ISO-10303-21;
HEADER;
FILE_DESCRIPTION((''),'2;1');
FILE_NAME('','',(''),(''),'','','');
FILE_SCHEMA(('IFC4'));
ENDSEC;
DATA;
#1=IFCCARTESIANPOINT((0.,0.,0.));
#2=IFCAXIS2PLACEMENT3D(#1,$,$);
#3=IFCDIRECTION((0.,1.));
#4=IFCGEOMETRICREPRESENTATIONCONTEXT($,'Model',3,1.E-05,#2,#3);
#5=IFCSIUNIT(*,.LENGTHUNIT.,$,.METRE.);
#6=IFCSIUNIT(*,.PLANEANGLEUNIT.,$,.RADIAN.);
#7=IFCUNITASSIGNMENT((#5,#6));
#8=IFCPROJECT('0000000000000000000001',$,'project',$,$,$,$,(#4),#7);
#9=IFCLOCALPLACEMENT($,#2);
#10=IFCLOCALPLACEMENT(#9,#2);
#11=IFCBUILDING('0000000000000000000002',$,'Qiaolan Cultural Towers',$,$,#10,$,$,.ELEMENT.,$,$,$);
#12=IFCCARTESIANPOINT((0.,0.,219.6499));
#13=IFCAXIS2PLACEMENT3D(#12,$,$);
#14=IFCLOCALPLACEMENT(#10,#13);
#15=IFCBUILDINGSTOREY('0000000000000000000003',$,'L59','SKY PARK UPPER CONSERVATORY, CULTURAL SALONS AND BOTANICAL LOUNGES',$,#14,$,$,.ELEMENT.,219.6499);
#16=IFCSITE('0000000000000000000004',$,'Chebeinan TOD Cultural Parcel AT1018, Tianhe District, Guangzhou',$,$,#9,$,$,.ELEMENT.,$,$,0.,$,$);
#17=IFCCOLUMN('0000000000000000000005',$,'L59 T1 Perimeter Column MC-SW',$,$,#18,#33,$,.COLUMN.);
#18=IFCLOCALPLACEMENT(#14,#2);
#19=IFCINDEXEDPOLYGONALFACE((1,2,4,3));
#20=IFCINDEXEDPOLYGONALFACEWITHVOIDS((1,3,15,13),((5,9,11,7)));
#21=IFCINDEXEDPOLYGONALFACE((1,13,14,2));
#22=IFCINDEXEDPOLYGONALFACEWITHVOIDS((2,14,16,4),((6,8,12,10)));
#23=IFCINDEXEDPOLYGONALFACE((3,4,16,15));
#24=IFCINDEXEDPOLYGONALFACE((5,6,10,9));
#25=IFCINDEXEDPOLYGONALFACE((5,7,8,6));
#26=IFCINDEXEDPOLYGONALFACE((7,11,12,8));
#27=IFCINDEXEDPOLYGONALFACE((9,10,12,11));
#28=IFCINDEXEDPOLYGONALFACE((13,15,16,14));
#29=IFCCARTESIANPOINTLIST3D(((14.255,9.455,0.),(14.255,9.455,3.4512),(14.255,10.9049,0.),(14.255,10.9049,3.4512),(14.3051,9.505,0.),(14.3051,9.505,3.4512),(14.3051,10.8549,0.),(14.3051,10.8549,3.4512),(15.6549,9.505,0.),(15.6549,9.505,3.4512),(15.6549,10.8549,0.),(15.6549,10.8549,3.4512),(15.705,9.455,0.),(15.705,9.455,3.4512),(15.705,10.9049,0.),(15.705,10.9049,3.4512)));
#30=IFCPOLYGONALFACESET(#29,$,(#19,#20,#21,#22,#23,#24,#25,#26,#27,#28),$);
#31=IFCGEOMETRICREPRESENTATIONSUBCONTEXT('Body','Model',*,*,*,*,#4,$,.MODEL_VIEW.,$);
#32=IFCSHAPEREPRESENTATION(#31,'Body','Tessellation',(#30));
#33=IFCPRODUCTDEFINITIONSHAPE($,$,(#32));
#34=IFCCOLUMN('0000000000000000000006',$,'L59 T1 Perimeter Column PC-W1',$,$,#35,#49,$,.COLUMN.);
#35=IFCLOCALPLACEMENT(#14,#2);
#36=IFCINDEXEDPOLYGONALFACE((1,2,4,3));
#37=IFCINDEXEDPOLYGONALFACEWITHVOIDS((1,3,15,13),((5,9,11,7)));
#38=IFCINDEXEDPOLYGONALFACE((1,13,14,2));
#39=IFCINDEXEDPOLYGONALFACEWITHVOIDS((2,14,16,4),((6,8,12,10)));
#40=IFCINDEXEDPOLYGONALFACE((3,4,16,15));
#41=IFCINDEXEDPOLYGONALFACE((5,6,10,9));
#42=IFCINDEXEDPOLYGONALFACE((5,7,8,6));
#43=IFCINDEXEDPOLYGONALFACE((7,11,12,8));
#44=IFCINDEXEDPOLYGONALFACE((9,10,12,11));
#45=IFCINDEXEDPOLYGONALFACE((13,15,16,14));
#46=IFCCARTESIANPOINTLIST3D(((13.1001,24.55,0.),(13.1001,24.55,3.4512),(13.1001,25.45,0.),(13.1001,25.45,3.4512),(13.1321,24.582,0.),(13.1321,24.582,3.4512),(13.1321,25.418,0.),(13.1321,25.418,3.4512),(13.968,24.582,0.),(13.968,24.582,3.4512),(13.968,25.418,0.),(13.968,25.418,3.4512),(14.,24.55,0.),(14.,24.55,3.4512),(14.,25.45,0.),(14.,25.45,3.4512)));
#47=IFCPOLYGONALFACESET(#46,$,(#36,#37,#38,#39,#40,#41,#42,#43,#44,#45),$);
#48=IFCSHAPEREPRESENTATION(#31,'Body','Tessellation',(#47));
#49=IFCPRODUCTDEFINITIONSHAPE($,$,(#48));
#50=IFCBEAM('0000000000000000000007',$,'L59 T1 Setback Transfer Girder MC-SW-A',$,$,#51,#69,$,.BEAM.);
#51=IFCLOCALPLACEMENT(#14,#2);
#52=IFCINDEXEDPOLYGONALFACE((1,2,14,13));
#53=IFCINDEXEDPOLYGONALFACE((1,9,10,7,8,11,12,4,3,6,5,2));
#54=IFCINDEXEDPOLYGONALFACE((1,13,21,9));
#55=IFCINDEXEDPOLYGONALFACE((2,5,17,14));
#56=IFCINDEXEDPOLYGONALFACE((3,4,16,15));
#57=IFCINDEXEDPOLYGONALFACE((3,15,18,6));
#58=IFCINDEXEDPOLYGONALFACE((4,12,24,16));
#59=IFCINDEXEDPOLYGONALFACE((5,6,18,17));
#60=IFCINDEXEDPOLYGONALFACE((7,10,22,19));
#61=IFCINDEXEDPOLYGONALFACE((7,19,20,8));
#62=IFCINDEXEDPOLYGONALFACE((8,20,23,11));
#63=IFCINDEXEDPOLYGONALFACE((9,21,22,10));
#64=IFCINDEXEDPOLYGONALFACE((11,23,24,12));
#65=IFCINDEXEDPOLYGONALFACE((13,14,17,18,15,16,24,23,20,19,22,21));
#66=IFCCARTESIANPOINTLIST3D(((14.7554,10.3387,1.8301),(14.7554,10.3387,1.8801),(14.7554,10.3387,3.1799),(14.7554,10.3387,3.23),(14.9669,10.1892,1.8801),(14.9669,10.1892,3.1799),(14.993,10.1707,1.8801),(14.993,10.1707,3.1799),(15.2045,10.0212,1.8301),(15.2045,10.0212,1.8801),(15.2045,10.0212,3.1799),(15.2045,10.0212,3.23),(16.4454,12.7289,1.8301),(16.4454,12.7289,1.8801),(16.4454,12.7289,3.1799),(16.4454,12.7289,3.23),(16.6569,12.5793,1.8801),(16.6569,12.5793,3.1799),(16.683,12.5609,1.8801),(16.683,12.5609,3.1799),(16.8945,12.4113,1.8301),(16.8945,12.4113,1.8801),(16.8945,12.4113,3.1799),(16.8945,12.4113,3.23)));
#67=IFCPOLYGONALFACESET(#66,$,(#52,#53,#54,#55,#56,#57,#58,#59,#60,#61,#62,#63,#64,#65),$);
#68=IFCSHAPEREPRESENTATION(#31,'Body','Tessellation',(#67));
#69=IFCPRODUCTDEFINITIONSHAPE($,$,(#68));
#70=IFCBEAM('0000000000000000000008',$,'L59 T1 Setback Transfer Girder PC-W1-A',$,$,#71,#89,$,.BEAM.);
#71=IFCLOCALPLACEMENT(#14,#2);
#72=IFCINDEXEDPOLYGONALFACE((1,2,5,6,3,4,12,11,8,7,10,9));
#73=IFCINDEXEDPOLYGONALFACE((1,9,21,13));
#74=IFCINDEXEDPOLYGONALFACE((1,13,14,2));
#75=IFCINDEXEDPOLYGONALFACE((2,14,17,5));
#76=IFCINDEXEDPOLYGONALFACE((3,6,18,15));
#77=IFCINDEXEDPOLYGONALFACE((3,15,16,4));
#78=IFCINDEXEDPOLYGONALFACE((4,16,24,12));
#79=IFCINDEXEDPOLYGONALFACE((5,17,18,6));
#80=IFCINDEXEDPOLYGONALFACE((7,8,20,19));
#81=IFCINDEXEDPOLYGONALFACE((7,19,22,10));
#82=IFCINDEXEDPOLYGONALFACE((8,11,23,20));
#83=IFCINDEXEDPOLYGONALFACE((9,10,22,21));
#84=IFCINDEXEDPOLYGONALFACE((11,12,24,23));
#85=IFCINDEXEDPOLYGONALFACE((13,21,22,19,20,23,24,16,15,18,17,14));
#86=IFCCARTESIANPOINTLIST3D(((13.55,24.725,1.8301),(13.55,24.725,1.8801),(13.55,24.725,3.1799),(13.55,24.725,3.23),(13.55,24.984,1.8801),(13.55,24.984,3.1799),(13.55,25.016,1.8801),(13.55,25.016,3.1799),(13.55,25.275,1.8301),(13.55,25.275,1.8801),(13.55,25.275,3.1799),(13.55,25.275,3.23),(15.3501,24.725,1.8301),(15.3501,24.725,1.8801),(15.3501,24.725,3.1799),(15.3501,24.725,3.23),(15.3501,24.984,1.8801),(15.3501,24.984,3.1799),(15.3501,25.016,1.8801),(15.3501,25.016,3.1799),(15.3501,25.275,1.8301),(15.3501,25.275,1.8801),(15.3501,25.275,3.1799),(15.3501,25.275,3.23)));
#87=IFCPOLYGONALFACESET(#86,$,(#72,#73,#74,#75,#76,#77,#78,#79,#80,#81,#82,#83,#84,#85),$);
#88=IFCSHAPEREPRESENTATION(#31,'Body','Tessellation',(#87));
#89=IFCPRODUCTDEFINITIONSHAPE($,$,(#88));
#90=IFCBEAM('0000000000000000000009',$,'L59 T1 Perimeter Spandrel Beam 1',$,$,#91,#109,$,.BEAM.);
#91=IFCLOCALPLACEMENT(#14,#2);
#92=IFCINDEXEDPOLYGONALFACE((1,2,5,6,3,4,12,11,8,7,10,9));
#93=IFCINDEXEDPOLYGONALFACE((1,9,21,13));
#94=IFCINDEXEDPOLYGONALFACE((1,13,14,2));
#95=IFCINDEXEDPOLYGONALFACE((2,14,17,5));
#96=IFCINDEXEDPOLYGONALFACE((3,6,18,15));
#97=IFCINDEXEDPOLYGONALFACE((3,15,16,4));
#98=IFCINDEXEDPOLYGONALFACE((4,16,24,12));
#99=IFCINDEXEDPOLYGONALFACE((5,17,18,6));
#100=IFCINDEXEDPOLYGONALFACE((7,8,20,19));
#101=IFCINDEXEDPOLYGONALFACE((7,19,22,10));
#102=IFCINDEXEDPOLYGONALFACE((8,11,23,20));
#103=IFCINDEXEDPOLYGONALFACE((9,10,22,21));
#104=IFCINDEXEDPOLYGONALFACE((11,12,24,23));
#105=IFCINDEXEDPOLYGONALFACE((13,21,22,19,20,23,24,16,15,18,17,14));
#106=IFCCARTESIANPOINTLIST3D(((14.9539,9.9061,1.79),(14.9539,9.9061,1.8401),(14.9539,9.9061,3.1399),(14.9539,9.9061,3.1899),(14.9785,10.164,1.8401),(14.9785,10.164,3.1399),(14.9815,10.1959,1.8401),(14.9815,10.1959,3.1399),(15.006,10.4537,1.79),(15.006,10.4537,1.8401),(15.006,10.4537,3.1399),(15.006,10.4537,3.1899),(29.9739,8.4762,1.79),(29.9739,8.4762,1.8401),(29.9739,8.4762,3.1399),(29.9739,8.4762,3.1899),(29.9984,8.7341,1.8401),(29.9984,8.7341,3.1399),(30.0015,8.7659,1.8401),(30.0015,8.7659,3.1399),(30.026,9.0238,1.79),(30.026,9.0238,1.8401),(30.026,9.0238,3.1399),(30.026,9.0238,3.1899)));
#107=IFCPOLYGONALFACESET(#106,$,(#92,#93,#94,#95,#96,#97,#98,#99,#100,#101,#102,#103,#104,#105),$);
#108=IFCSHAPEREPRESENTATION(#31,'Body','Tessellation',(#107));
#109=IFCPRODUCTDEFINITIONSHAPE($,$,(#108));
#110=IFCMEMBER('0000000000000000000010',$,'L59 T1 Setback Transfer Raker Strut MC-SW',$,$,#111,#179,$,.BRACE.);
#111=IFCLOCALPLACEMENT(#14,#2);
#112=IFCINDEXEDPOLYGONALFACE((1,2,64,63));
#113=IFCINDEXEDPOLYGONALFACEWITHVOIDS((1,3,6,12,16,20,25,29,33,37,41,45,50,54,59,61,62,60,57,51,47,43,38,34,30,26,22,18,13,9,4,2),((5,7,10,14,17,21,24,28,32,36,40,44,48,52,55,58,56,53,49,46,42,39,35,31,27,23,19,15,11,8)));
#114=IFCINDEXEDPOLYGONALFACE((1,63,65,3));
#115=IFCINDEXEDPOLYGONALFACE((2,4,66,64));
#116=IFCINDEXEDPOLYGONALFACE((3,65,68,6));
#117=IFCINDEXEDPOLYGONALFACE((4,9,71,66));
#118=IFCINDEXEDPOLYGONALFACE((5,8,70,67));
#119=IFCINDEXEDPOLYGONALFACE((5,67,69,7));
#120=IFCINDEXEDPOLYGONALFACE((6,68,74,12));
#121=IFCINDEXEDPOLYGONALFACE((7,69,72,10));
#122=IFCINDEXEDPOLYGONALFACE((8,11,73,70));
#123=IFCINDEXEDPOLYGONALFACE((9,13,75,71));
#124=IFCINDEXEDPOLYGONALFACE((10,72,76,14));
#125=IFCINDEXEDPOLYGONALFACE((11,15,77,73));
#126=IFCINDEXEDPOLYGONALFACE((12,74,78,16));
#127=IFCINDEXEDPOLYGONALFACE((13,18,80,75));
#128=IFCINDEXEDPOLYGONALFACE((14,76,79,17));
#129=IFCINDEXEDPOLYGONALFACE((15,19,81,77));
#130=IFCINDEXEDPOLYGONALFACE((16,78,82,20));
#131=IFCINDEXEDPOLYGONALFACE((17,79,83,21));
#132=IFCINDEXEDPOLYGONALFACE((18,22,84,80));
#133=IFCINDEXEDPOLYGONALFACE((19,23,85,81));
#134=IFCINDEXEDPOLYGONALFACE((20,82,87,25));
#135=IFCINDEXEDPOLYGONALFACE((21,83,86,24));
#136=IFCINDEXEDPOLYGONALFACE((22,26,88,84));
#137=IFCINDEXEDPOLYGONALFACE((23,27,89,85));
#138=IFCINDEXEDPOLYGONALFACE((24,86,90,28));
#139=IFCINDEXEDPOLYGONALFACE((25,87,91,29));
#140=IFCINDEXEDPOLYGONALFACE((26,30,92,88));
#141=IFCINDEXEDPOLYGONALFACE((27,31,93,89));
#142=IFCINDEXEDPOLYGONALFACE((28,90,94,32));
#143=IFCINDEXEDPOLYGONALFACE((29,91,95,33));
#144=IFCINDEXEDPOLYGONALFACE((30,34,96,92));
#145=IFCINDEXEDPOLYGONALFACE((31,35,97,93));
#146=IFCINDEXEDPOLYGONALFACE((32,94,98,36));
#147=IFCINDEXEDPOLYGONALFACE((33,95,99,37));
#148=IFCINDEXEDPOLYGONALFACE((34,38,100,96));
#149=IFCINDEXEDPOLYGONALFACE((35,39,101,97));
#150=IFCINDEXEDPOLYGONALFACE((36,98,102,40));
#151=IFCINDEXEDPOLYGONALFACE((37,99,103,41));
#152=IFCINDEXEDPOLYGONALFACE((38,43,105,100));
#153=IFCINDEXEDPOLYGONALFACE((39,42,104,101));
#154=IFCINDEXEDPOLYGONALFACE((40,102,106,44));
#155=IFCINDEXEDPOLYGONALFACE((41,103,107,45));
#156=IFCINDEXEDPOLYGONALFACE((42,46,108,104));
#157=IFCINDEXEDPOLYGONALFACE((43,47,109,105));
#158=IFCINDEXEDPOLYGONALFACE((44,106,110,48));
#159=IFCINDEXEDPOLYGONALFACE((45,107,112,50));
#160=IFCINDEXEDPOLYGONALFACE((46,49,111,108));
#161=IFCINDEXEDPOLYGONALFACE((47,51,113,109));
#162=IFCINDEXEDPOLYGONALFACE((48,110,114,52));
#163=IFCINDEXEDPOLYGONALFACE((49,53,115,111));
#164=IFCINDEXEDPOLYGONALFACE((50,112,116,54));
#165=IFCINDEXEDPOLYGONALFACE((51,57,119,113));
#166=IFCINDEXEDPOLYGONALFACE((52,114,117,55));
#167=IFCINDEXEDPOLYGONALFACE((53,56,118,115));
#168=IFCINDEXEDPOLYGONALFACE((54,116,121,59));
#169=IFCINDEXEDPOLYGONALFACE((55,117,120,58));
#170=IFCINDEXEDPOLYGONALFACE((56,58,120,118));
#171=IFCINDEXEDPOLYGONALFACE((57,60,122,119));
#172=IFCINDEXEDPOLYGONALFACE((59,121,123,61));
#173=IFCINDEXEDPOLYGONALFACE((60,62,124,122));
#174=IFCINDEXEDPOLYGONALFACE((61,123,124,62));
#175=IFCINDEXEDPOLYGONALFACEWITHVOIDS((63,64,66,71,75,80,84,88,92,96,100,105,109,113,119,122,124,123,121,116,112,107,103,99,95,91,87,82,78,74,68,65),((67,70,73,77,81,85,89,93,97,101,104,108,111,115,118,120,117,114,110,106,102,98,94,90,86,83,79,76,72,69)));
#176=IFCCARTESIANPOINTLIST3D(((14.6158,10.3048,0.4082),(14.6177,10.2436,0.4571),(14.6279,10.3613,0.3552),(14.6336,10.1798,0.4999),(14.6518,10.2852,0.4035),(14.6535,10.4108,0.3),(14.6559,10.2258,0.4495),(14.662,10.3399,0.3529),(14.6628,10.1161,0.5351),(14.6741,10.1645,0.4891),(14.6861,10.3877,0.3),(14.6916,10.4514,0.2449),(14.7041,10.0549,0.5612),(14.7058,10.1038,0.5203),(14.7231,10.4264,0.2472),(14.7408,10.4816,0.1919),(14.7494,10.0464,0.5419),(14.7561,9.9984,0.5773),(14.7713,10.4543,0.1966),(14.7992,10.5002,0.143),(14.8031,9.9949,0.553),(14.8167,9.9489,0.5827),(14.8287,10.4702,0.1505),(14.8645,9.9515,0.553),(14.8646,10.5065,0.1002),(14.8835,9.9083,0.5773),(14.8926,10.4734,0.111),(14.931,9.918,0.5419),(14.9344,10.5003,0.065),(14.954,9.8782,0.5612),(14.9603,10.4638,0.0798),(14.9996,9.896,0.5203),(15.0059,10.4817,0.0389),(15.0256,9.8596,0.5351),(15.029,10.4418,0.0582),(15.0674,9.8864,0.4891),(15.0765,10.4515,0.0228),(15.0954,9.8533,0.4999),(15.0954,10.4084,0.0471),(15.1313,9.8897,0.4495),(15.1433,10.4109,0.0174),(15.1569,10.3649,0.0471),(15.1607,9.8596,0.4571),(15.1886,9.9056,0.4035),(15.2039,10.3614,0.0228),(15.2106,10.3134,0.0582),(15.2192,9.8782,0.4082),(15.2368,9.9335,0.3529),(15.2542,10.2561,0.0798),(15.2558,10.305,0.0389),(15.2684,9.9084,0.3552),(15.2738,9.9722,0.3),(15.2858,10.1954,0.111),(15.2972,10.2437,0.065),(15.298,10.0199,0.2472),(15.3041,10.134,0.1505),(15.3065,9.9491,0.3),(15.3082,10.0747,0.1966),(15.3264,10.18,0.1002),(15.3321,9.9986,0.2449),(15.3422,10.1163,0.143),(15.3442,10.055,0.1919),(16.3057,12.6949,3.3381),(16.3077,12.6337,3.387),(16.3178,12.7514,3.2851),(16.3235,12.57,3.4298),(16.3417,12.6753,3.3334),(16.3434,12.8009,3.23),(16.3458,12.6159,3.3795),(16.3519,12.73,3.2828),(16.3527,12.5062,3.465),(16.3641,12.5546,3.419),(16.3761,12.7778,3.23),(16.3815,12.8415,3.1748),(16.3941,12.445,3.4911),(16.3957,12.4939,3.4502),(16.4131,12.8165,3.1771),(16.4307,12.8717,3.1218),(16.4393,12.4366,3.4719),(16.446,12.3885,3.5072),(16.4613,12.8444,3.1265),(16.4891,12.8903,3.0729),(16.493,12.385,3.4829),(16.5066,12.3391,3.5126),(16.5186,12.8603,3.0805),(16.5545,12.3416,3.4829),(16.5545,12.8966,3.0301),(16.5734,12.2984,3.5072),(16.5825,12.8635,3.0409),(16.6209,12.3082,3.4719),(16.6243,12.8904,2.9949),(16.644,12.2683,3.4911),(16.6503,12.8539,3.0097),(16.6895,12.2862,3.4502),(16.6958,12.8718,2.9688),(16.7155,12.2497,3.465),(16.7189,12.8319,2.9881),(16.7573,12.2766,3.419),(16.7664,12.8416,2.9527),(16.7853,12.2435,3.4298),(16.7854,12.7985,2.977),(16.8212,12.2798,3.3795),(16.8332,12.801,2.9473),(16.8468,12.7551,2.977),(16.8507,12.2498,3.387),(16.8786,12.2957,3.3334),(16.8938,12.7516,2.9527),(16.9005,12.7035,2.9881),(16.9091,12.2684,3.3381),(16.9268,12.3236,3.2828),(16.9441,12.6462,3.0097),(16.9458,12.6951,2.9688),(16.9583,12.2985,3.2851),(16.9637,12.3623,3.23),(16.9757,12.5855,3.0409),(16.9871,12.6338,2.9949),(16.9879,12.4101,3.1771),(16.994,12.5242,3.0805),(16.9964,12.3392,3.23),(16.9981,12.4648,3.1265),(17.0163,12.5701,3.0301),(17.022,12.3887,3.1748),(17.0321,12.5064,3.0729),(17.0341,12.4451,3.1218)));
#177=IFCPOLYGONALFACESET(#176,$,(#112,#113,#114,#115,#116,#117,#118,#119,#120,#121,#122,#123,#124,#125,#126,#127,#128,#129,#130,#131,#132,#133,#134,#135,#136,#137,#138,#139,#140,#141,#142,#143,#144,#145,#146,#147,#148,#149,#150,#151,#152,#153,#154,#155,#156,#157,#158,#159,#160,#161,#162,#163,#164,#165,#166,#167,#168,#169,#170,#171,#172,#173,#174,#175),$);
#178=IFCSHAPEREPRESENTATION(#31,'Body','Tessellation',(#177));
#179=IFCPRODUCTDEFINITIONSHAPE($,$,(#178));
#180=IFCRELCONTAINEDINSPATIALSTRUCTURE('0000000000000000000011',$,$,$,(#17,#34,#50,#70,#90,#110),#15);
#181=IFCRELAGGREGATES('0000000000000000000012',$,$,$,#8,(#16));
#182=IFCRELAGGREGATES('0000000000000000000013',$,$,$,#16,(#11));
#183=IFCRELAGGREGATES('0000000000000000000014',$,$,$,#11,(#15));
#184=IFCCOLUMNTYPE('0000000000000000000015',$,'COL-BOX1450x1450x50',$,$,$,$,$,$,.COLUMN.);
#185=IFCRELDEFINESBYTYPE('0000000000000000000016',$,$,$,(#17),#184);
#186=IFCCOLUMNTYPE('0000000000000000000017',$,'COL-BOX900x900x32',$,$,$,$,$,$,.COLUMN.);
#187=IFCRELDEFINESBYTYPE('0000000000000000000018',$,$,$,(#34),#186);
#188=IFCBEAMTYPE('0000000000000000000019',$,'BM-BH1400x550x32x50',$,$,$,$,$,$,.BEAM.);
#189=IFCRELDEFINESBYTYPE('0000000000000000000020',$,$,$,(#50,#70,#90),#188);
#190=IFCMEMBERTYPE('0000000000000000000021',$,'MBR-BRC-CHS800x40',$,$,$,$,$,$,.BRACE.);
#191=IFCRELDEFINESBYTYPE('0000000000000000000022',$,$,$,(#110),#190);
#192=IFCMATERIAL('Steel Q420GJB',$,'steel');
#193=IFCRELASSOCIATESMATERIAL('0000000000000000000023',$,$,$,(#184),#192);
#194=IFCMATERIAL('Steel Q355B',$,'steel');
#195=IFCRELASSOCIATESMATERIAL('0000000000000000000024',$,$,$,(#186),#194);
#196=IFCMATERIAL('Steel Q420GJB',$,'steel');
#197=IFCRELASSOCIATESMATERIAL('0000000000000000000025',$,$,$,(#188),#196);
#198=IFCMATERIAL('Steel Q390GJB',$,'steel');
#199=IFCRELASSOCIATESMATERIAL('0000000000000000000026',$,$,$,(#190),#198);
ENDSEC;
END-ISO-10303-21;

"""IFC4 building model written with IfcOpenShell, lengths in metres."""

from ifc_helpers import new_model, si_unit, direction, frame, origin, origin_2d, place, context, subcontext, project, spatial, hollow_rectangle, hollow_circle, i_section, extrude, material, material_profile, profile_set, type_object, element, save


model = new_model("IFC4")

# Units and contexts
model_context = context("Model", 3, precision=1e-05, world=origin(), true_north=direction((0.0, 1.0)))
body_context = subcontext(model_context, "Body", "Model", "MODEL_VIEW")
ifc_project = project(units=[si_unit("LENGTHUNIT", "METRE"), si_unit("PLANEANGLEUNIT", "RADIAN")], contexts=[model_context])

# Site, building, storey
site_placement = place(None, origin())
site = spatial("IfcSite", under=ifc_project, at=site_placement, Name="Chebeinan TOD Cultural Parcel AT1018, Tianhe District, Guangzhou", CompositionType="ELEMENT", RefElevation=0.0)
building_placement = place(site_placement, origin())
building = spatial("IfcBuilding", under=site, at=building_placement, Name="Qiaolan Cultural Towers", CompositionType="ELEMENT")
storey_placement = place(building_placement, frame((0.0, 0.0, 219.6499)))
storey = spatial("IfcBuildingStorey", under=building, at=storey_placement, Name="L59", Description="SKY PARK UPPER CONSERVATORY, CULTURAL SALONS AND BOTANICAL LOUNGES", CompositionType="ELEMENT", Elevation=219.6499)

# Columns
ifc_material_1 = material(Name="Steel Q420GJB", Category="steel")
ifc_material_profile_1 = material_profile(ifc_material_1, hollow_rectangle(XDim=1.45, YDim=1.45, WallThickness=0.05, at=origin_2d()), Name="BOX1450x1450x50")
ifc_profile_set_1 = profile_set([ifc_material_profile_1], Name="Steel Q420GJB")
column_type_1 = type_object("IfcColumnType", Name="COL-BOX1450x1450x50", PredefinedType="COLUMN", material=ifc_profile_set_1)
column_1_placement = place(storey_placement, frame((14.98, 10.1799, 0.0), z_axis=(0.0, 0.0, 1.0), x_axis=(1.0, 0.0, 0.0)))
element("IfcColumn", 1, at=column_1_placement, inside=storey, type_object=column_type_1, Name="L59 T1 Perimeter Column MC-SW", PredefinedType="COLUMN", context=body_context, shape_type="SweptSolid", body=[
    extrude(hollow_rectangle(XDim=1.45, YDim=1.45, WallThickness=0.05, at=origin_2d()), origin(), (0.0, 0.0, 1.0), 3.4512),
])
ifc_material_2 = material(Name="Steel Q355B", Category="steel")
ifc_material_profile_2 = material_profile(ifc_material_2, hollow_rectangle(XDim=0.8999, YDim=0.8999, WallThickness=0.032, at=origin_2d()), Name="BOX900x900x32")
ifc_profile_set_2 = profile_set([ifc_material_profile_2], Name="Steel Q355B")
column_type_2 = type_object("IfcColumnType", Name="COL-BOX900x900x32", PredefinedType="COLUMN", material=ifc_profile_set_2)
column_2_placement = place(storey_placement, frame((13.55, 25.0, 0.0), z_axis=(0.0, 0.0, 1.0), x_axis=(1.0, 0.0, 0.0)))
element("IfcColumn", 2, at=column_2_placement, inside=storey, type_object=column_type_2, Name="L59 T1 Perimeter Column PC-W1", PredefinedType="COLUMN", context=body_context, shape_type="SweptSolid", body=[
    extrude(hollow_rectangle(XDim=0.8999, YDim=0.8999, WallThickness=0.032, at=origin_2d()), origin(), (0.0, 0.0, 1.0), 3.4512),
])

# Beams
ifc_material_3 = material(Name="Steel Q420GJB", Category="steel")
ifc_material_profile_3 = material_profile(ifc_material_3, i_section(OverallWidth=0.55, OverallDepth=1.3999, WebThickness=0.032, FlangeThickness=0.05, at=origin_2d()), Name="BH1400x550x32x50")
ifc_profile_set_3 = profile_set([ifc_material_profile_3], Name="Steel Q420GJB")
beam_type = type_object("IfcBeamType", Name="BM-BH1400x550x32x50", PredefinedType="BEAM", material=ifc_profile_set_3)
beam_1_placement = place(storey_placement, frame((14.98, 10.1799, 2.53), z_axis=(0.577318, 0.816519, 0.0), x_axis=(-0.816519, 0.577318, 0.0)))
element("IfcBeam", 3, at=beam_1_placement, inside=storey, type_object=beam_type, Name="L59 T1 Setback Transfer Girder MC-SW-A", PredefinedType="BEAM", context=body_context, shape_type="SweptSolid", body=[
    extrude(i_section(OverallWidth=0.55, OverallDepth=1.3999, WebThickness=0.032, FlangeThickness=0.05, at=origin_2d()), origin(), (0.0, 0.0, 1.0), 2.9272),
])
beam_2_placement = place(storey_placement, frame((13.55, 25.0, 2.53), z_axis=(1.0, 0.0, 0.0), x_axis=(0.0, 1.0, 0.0)))
element("IfcBeam", 4, at=beam_2_placement, inside=storey, type_object=beam_type, Name="L59 T1 Setback Transfer Girder PC-W1-A", PredefinedType="BEAM", context=body_context, shape_type="SweptSolid", body=[
    extrude(i_section(OverallWidth=0.55, OverallDepth=1.3999, WebThickness=0.032, FlangeThickness=0.05, at=origin_2d()), origin(), (0.0, 0.0, 1.0), 1.8),
])
beam_3_placement = place(storey_placement, frame((14.98, 10.1799, 2.49), z_axis=(0.995499, -0.094773, 0.0), x_axis=(0.094773, 0.995499, 0.0)))
element("IfcBeam", 5, at=beam_3_placement, inside=storey, type_object=beam_type, Name="L59 T1 Perimeter Spandrel Beam 1", PredefinedType="BEAM", context=body_context, shape_type="SweptSolid", body=[
    extrude(i_section(OverallWidth=0.55, OverallDepth=1.3999, WebThickness=0.032, FlangeThickness=0.05, at=origin_2d()), origin(), (0.0, 0.0, 1.0), 15.0879),
])

# Member
ifc_material_4 = material(Name="Steel Q390GJB", Category="steel")
ifc_material_profile_4 = material_profile(ifc_material_4, hollow_circle(Radius=0.3999, WallThickness=0.04, at=origin_2d()), Name="CHS800x40")
ifc_profile_set_4 = profile_set([ifc_material_profile_4], Name="Steel Q390GJB")
member_type = type_object("IfcMemberType", Name="MBR-BRC-CHS800x40", PredefinedType="BRACE", material=ifc_profile_set_4)
member_placement = place(storey_placement, frame((14.98, 10.1799, 0.3), z_axis=(0.408037, 0.5771, 0.707433), x_axis=(-0.816519, 0.577318, 0.0)))
element("IfcMember", 6, at=member_placement, inside=storey, type_object=member_type, Name="L59 T1 Setback Transfer Raker Strut MC-SW", PredefinedType="BRACE", context=body_context, shape_type="SweptSolid", body=[
    extrude(hollow_circle(Radius=0.3999, WallThickness=0.04, at=origin_2d()), origin(), (0.0, 0.0, 1.0), 4.1416),
])

save(model, "model.ifc")
